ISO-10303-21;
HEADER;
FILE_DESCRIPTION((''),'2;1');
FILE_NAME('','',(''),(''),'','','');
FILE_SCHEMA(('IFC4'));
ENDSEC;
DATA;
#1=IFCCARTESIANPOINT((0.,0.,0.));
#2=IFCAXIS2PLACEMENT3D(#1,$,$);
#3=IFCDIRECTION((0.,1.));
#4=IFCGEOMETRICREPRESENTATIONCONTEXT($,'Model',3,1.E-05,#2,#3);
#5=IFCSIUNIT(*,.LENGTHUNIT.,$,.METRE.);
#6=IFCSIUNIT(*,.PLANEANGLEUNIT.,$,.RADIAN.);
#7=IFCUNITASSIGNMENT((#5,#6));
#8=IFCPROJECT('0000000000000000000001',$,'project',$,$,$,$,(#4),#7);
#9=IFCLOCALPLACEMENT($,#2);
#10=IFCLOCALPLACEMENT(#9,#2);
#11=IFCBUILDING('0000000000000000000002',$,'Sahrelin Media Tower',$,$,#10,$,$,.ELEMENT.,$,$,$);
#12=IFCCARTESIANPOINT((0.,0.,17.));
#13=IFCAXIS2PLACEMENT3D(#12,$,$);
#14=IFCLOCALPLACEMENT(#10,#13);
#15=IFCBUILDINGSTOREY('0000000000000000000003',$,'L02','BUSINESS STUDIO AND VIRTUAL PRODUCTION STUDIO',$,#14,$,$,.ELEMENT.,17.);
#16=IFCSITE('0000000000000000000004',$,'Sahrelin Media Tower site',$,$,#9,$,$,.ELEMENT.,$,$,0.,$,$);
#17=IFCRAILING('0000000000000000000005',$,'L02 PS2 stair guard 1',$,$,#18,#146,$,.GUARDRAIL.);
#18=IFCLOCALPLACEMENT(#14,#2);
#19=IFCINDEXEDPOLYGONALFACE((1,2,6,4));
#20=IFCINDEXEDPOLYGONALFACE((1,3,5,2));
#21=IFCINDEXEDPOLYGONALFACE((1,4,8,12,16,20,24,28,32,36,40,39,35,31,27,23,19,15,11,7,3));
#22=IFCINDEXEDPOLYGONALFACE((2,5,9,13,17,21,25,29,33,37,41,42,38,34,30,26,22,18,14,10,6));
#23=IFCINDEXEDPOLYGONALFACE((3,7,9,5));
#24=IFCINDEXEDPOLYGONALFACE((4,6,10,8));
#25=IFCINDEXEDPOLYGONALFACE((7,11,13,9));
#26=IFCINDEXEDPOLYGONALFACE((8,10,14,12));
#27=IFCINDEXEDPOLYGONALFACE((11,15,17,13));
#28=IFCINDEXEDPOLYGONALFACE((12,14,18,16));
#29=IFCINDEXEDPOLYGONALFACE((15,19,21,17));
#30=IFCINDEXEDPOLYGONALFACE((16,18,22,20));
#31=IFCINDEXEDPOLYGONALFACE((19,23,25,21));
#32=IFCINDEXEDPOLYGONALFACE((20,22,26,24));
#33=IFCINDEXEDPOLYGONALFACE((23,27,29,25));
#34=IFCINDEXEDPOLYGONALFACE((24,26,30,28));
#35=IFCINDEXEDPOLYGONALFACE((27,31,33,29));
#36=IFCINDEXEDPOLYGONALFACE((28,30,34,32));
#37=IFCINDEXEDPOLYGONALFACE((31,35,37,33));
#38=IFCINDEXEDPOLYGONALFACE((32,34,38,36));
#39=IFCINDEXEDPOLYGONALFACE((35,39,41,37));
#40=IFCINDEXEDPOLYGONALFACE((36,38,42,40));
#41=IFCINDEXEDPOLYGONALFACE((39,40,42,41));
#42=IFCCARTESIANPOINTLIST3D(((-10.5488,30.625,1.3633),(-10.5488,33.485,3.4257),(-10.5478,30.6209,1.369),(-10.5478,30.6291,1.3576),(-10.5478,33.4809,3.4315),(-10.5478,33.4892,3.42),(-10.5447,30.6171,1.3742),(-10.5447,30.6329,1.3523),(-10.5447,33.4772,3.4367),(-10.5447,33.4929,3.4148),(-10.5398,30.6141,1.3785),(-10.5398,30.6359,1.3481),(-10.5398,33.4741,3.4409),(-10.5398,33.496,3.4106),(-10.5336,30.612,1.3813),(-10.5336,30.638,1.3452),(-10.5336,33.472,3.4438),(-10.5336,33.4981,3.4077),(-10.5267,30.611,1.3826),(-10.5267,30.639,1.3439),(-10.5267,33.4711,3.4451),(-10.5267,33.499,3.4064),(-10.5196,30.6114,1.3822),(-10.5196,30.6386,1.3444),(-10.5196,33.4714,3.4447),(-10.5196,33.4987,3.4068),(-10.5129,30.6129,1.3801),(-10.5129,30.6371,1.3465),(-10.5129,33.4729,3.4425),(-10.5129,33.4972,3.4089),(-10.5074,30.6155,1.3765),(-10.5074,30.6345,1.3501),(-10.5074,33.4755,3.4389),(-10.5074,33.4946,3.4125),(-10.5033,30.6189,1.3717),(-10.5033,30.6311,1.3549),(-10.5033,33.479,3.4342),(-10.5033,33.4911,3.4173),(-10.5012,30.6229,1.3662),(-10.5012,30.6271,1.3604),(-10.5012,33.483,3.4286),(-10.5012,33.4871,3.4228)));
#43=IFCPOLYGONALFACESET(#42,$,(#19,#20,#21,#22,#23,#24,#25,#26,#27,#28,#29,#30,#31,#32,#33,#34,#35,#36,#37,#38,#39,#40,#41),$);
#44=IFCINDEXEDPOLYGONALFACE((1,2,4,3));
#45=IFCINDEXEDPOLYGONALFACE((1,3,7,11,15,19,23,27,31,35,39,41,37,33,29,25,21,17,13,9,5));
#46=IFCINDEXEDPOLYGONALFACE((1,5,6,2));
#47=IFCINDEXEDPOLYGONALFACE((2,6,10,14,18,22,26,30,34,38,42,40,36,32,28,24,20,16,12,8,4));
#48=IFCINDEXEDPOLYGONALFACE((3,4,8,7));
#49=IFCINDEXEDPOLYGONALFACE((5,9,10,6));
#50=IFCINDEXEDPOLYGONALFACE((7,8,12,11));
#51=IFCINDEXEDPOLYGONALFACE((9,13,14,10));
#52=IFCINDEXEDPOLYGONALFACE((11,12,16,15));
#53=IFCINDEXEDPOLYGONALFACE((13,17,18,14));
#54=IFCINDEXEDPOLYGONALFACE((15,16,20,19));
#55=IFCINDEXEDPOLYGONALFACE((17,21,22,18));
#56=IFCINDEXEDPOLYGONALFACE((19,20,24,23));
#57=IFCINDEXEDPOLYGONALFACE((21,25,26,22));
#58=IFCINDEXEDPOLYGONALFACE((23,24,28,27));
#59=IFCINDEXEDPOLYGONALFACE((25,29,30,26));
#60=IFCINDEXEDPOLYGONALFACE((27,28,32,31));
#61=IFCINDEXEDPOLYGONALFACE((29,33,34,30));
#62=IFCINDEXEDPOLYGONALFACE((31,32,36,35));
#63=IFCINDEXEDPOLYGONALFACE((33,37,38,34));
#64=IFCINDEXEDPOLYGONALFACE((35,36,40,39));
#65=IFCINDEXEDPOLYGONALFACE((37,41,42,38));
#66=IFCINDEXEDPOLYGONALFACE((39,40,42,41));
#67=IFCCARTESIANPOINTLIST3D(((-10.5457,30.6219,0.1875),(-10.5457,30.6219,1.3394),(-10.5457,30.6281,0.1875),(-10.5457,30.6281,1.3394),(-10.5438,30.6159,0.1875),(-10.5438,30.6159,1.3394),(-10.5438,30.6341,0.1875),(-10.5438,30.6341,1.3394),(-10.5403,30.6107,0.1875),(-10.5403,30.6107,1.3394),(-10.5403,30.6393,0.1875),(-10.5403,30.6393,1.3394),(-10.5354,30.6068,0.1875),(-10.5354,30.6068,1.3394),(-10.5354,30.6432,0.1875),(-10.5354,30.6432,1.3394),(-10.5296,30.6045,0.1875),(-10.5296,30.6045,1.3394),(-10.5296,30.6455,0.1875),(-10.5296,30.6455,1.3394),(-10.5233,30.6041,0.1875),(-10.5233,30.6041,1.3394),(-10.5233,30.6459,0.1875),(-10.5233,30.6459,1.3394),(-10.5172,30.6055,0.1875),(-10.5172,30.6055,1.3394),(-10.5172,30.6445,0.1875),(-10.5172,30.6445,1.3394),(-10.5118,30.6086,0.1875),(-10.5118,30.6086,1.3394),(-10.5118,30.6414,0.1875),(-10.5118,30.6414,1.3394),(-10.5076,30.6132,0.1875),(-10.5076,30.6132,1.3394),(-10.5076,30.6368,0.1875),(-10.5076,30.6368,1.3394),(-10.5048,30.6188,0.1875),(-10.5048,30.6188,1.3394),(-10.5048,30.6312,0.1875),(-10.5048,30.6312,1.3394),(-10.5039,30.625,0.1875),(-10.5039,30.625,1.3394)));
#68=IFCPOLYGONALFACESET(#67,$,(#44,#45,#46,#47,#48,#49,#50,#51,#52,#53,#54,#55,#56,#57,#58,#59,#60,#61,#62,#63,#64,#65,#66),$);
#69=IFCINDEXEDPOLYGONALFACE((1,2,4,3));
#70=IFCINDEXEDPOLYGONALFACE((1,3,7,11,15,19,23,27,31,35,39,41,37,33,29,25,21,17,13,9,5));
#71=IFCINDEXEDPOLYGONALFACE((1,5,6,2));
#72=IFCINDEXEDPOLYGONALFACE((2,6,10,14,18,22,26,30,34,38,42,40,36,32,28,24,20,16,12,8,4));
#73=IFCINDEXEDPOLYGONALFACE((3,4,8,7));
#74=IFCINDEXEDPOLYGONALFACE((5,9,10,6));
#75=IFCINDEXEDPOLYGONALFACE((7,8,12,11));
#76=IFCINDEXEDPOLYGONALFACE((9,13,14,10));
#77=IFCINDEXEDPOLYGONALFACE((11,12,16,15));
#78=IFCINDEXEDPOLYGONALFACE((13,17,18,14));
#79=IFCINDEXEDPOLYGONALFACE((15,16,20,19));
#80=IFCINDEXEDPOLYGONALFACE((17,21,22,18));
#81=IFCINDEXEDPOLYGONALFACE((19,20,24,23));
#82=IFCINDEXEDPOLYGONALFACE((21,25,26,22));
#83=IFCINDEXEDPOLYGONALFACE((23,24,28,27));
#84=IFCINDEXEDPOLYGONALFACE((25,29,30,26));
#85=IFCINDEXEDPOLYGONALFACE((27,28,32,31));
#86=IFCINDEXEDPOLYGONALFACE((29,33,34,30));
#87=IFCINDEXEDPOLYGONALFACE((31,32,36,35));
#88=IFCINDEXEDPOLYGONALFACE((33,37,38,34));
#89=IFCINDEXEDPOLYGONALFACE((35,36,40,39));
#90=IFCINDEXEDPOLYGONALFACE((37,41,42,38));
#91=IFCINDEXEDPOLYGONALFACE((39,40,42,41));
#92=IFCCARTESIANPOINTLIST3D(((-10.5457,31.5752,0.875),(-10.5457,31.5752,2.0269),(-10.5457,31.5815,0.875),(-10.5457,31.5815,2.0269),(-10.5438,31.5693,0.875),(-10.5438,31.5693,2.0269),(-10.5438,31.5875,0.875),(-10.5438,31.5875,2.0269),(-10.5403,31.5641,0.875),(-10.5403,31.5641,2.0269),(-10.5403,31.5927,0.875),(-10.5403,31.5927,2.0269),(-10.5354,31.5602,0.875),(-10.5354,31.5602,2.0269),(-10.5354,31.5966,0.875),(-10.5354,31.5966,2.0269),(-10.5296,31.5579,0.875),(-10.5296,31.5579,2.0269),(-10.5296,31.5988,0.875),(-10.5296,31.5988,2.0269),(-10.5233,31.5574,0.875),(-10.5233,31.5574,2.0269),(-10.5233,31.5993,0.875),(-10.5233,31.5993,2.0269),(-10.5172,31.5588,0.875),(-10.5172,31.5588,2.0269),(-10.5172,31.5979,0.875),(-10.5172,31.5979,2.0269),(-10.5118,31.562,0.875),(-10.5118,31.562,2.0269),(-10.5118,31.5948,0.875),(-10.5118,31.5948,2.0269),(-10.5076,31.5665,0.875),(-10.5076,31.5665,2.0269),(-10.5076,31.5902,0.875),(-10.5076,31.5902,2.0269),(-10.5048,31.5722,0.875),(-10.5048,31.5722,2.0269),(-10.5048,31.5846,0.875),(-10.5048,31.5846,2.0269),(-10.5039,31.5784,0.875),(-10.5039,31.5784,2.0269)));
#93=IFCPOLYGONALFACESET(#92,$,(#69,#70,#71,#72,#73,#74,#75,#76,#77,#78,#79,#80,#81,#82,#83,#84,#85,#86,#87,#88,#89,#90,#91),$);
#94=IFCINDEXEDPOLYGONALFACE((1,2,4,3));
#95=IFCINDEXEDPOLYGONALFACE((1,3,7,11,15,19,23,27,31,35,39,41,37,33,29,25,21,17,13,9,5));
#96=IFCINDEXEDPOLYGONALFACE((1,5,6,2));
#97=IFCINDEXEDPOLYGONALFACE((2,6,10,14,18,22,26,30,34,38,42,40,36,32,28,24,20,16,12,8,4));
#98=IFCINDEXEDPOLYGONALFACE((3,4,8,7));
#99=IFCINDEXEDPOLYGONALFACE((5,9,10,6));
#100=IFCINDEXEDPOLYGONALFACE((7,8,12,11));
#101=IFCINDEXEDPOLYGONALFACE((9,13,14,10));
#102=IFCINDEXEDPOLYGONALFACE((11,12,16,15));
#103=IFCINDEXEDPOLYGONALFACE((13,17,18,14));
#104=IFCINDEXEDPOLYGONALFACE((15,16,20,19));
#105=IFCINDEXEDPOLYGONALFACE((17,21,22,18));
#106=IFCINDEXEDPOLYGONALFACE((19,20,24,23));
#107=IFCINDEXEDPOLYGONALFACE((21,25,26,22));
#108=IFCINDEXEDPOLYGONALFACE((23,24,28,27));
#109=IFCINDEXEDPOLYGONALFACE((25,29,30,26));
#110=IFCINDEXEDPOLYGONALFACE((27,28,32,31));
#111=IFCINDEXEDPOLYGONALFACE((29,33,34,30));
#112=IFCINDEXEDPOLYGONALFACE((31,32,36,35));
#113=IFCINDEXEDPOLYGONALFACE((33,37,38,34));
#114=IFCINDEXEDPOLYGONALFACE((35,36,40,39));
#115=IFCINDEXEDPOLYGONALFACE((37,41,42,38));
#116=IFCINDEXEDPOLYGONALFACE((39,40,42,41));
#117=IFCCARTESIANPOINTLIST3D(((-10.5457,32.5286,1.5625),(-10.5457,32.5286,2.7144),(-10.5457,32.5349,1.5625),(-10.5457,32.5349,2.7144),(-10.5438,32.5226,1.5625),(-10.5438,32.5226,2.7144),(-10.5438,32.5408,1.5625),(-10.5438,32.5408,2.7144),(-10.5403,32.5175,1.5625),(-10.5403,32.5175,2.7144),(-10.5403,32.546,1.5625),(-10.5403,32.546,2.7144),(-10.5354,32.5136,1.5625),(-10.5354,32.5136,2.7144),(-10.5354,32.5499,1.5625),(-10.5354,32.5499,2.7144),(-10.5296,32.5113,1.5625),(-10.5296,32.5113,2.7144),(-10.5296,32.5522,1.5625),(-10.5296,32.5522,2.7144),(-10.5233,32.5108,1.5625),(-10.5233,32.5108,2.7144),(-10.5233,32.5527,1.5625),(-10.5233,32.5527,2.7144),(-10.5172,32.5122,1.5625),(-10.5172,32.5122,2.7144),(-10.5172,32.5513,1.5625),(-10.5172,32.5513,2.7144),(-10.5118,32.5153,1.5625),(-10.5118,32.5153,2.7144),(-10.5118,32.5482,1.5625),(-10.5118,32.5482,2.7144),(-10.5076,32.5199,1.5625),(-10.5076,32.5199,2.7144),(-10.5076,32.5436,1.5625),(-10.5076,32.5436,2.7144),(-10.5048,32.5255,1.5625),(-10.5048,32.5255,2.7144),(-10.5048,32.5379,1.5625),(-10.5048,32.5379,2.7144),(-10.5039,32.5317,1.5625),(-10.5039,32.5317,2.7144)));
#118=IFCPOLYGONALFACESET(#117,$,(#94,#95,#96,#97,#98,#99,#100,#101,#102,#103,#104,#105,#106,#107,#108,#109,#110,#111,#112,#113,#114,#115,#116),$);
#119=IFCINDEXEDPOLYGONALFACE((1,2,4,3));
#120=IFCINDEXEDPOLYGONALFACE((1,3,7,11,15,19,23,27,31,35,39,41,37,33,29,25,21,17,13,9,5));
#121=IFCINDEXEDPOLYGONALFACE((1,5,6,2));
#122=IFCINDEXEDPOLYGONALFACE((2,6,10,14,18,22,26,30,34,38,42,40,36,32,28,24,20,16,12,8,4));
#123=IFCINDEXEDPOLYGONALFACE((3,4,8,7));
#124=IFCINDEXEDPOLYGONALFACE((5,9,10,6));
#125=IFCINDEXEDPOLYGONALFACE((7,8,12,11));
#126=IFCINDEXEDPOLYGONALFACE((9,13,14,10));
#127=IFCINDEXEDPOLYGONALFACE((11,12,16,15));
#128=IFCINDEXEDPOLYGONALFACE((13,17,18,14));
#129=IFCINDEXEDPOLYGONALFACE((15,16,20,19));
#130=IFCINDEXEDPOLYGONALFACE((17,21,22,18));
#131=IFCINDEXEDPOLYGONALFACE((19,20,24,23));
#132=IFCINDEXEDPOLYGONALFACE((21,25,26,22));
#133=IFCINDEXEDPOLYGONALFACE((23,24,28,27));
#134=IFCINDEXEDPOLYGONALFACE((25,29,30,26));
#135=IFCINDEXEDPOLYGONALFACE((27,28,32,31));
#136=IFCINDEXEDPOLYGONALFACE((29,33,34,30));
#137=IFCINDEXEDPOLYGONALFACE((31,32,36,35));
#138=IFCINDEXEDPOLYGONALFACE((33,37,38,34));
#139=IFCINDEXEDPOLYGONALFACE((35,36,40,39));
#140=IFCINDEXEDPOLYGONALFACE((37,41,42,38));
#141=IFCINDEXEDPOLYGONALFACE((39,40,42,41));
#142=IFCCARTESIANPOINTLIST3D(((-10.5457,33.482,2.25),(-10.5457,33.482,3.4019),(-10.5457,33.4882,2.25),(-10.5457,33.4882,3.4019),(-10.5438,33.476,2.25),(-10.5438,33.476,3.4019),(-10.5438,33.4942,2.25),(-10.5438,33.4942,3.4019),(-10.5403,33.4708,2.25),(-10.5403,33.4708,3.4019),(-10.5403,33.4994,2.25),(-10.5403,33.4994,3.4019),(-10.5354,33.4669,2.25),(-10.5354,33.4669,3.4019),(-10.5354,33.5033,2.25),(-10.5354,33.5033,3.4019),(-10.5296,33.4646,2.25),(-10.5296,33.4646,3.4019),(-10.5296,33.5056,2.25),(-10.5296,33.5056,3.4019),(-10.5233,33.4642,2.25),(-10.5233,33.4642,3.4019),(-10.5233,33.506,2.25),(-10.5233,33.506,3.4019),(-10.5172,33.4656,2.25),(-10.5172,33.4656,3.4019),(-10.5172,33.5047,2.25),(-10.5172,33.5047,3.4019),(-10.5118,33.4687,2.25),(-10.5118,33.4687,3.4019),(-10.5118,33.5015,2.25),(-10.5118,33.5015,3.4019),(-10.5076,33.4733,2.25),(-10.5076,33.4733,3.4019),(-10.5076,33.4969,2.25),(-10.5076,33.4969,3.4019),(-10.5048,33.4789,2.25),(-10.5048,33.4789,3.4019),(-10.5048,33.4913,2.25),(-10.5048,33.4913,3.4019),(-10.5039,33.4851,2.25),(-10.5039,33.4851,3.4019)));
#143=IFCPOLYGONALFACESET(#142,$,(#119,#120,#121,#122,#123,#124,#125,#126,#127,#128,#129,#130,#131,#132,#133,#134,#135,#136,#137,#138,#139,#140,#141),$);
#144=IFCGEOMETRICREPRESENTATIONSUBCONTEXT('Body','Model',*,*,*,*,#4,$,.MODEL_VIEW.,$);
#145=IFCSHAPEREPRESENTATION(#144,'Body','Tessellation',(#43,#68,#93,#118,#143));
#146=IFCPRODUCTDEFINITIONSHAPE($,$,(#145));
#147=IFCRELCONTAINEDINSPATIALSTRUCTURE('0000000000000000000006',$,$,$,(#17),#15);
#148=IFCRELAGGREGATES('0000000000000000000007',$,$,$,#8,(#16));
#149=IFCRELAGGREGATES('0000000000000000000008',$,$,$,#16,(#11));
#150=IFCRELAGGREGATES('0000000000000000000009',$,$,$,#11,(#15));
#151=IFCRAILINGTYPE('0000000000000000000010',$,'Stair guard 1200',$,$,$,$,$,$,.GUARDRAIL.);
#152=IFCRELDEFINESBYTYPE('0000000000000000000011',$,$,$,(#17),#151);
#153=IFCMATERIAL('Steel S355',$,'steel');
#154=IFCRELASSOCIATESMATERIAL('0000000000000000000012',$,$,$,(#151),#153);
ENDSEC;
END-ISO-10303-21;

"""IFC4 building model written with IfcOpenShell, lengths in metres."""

from ifc_helpers import new_model, si_unit, direction, frame, origin, origin_2d, place, context, subcontext, project, spatial, circle, extrude, material, type_object, element, save


model = new_model("IFC4")

# Units and contexts
model_context = context("Model", 3, precision=1e-05, world=origin(), true_north=direction((0.0, 1.0)))
body_context = subcontext(model_context, "Body", "Model", "MODEL_VIEW")
ifc_project = project(units=[si_unit("LENGTHUNIT", "METRE"), si_unit("PLANEANGLEUNIT", "RADIAN")], contexts=[model_context])

# Site, building, storey
site_placement = place(None, origin())
site = spatial("IfcSite", under=ifc_project, at=site_placement, Name="Sahrelin Media Tower site", CompositionType="ELEMENT", RefElevation=0.0)
building_placement = place(site_placement, origin())
building = spatial("IfcBuilding", under=site, at=building_placement, Name="Sahrelin Media Tower", CompositionType="ELEMENT")
storey_placement = place(building_placement, frame((0.0, 0.0, 17.0)))
storey = spatial("IfcBuildingStorey", under=building, at=storey_placement, Name="L02", Description="BUSINESS STUDIO AND VIRTUAL PRODUCTION STUDIO", CompositionType="ELEMENT", Elevation=17.0)

# Shared definitions
ifc_material_1 = material(Name="Steel S355", Category="steel")

# Railing
railing_type_1 = type_object("IfcRailingType", Name="Stair guard 1200", PredefinedType="GUARDRAIL", material=ifc_material_1)
for number, where, name in (
    (1, (-10.5249, 30.625, 0.1875), "L02 PS2 stair guard 1"),
):
    element("IfcRailing", number, at=place(storey_placement, frame(where)), inside=storey, type_object=railing_type_1, Name=name, PredefinedType="GUARDRAIL", context=body_context, shape_type="SweptSolid", body=[
        extrude(circle(Radius=0.0239, at=origin_2d()), frame((0.0, 0.0, 1.1758), z_axis=(0.0, 0.811101, 0.584906), x_axis=(-1.0, 0.0, 0.0)), (0.0, 0.0, 1.0), 3.5261),
        extrude(circle(Radius=0.021, at=origin_2d()), origin(), (0.0, 0.0, 1.0), 1.1519),
        extrude(circle(Radius=0.021, at=origin_2d()), frame((0.0, 0.9534, 0.6875)), (0.0, 0.0, 1.0), 1.1519),
        extrude(circle(Radius=0.021, at=origin_2d()), frame((0.0, 1.9067, 1.375)), (0.0, 0.0, 1.0), 1.1519),
        extrude(circle(Radius=0.021, at=origin_2d()), frame((0.0, 2.8601, 2.0625)), (0.0, 0.0, 1.0), 1.1519),
    ])

save(model, "model.ifc")
